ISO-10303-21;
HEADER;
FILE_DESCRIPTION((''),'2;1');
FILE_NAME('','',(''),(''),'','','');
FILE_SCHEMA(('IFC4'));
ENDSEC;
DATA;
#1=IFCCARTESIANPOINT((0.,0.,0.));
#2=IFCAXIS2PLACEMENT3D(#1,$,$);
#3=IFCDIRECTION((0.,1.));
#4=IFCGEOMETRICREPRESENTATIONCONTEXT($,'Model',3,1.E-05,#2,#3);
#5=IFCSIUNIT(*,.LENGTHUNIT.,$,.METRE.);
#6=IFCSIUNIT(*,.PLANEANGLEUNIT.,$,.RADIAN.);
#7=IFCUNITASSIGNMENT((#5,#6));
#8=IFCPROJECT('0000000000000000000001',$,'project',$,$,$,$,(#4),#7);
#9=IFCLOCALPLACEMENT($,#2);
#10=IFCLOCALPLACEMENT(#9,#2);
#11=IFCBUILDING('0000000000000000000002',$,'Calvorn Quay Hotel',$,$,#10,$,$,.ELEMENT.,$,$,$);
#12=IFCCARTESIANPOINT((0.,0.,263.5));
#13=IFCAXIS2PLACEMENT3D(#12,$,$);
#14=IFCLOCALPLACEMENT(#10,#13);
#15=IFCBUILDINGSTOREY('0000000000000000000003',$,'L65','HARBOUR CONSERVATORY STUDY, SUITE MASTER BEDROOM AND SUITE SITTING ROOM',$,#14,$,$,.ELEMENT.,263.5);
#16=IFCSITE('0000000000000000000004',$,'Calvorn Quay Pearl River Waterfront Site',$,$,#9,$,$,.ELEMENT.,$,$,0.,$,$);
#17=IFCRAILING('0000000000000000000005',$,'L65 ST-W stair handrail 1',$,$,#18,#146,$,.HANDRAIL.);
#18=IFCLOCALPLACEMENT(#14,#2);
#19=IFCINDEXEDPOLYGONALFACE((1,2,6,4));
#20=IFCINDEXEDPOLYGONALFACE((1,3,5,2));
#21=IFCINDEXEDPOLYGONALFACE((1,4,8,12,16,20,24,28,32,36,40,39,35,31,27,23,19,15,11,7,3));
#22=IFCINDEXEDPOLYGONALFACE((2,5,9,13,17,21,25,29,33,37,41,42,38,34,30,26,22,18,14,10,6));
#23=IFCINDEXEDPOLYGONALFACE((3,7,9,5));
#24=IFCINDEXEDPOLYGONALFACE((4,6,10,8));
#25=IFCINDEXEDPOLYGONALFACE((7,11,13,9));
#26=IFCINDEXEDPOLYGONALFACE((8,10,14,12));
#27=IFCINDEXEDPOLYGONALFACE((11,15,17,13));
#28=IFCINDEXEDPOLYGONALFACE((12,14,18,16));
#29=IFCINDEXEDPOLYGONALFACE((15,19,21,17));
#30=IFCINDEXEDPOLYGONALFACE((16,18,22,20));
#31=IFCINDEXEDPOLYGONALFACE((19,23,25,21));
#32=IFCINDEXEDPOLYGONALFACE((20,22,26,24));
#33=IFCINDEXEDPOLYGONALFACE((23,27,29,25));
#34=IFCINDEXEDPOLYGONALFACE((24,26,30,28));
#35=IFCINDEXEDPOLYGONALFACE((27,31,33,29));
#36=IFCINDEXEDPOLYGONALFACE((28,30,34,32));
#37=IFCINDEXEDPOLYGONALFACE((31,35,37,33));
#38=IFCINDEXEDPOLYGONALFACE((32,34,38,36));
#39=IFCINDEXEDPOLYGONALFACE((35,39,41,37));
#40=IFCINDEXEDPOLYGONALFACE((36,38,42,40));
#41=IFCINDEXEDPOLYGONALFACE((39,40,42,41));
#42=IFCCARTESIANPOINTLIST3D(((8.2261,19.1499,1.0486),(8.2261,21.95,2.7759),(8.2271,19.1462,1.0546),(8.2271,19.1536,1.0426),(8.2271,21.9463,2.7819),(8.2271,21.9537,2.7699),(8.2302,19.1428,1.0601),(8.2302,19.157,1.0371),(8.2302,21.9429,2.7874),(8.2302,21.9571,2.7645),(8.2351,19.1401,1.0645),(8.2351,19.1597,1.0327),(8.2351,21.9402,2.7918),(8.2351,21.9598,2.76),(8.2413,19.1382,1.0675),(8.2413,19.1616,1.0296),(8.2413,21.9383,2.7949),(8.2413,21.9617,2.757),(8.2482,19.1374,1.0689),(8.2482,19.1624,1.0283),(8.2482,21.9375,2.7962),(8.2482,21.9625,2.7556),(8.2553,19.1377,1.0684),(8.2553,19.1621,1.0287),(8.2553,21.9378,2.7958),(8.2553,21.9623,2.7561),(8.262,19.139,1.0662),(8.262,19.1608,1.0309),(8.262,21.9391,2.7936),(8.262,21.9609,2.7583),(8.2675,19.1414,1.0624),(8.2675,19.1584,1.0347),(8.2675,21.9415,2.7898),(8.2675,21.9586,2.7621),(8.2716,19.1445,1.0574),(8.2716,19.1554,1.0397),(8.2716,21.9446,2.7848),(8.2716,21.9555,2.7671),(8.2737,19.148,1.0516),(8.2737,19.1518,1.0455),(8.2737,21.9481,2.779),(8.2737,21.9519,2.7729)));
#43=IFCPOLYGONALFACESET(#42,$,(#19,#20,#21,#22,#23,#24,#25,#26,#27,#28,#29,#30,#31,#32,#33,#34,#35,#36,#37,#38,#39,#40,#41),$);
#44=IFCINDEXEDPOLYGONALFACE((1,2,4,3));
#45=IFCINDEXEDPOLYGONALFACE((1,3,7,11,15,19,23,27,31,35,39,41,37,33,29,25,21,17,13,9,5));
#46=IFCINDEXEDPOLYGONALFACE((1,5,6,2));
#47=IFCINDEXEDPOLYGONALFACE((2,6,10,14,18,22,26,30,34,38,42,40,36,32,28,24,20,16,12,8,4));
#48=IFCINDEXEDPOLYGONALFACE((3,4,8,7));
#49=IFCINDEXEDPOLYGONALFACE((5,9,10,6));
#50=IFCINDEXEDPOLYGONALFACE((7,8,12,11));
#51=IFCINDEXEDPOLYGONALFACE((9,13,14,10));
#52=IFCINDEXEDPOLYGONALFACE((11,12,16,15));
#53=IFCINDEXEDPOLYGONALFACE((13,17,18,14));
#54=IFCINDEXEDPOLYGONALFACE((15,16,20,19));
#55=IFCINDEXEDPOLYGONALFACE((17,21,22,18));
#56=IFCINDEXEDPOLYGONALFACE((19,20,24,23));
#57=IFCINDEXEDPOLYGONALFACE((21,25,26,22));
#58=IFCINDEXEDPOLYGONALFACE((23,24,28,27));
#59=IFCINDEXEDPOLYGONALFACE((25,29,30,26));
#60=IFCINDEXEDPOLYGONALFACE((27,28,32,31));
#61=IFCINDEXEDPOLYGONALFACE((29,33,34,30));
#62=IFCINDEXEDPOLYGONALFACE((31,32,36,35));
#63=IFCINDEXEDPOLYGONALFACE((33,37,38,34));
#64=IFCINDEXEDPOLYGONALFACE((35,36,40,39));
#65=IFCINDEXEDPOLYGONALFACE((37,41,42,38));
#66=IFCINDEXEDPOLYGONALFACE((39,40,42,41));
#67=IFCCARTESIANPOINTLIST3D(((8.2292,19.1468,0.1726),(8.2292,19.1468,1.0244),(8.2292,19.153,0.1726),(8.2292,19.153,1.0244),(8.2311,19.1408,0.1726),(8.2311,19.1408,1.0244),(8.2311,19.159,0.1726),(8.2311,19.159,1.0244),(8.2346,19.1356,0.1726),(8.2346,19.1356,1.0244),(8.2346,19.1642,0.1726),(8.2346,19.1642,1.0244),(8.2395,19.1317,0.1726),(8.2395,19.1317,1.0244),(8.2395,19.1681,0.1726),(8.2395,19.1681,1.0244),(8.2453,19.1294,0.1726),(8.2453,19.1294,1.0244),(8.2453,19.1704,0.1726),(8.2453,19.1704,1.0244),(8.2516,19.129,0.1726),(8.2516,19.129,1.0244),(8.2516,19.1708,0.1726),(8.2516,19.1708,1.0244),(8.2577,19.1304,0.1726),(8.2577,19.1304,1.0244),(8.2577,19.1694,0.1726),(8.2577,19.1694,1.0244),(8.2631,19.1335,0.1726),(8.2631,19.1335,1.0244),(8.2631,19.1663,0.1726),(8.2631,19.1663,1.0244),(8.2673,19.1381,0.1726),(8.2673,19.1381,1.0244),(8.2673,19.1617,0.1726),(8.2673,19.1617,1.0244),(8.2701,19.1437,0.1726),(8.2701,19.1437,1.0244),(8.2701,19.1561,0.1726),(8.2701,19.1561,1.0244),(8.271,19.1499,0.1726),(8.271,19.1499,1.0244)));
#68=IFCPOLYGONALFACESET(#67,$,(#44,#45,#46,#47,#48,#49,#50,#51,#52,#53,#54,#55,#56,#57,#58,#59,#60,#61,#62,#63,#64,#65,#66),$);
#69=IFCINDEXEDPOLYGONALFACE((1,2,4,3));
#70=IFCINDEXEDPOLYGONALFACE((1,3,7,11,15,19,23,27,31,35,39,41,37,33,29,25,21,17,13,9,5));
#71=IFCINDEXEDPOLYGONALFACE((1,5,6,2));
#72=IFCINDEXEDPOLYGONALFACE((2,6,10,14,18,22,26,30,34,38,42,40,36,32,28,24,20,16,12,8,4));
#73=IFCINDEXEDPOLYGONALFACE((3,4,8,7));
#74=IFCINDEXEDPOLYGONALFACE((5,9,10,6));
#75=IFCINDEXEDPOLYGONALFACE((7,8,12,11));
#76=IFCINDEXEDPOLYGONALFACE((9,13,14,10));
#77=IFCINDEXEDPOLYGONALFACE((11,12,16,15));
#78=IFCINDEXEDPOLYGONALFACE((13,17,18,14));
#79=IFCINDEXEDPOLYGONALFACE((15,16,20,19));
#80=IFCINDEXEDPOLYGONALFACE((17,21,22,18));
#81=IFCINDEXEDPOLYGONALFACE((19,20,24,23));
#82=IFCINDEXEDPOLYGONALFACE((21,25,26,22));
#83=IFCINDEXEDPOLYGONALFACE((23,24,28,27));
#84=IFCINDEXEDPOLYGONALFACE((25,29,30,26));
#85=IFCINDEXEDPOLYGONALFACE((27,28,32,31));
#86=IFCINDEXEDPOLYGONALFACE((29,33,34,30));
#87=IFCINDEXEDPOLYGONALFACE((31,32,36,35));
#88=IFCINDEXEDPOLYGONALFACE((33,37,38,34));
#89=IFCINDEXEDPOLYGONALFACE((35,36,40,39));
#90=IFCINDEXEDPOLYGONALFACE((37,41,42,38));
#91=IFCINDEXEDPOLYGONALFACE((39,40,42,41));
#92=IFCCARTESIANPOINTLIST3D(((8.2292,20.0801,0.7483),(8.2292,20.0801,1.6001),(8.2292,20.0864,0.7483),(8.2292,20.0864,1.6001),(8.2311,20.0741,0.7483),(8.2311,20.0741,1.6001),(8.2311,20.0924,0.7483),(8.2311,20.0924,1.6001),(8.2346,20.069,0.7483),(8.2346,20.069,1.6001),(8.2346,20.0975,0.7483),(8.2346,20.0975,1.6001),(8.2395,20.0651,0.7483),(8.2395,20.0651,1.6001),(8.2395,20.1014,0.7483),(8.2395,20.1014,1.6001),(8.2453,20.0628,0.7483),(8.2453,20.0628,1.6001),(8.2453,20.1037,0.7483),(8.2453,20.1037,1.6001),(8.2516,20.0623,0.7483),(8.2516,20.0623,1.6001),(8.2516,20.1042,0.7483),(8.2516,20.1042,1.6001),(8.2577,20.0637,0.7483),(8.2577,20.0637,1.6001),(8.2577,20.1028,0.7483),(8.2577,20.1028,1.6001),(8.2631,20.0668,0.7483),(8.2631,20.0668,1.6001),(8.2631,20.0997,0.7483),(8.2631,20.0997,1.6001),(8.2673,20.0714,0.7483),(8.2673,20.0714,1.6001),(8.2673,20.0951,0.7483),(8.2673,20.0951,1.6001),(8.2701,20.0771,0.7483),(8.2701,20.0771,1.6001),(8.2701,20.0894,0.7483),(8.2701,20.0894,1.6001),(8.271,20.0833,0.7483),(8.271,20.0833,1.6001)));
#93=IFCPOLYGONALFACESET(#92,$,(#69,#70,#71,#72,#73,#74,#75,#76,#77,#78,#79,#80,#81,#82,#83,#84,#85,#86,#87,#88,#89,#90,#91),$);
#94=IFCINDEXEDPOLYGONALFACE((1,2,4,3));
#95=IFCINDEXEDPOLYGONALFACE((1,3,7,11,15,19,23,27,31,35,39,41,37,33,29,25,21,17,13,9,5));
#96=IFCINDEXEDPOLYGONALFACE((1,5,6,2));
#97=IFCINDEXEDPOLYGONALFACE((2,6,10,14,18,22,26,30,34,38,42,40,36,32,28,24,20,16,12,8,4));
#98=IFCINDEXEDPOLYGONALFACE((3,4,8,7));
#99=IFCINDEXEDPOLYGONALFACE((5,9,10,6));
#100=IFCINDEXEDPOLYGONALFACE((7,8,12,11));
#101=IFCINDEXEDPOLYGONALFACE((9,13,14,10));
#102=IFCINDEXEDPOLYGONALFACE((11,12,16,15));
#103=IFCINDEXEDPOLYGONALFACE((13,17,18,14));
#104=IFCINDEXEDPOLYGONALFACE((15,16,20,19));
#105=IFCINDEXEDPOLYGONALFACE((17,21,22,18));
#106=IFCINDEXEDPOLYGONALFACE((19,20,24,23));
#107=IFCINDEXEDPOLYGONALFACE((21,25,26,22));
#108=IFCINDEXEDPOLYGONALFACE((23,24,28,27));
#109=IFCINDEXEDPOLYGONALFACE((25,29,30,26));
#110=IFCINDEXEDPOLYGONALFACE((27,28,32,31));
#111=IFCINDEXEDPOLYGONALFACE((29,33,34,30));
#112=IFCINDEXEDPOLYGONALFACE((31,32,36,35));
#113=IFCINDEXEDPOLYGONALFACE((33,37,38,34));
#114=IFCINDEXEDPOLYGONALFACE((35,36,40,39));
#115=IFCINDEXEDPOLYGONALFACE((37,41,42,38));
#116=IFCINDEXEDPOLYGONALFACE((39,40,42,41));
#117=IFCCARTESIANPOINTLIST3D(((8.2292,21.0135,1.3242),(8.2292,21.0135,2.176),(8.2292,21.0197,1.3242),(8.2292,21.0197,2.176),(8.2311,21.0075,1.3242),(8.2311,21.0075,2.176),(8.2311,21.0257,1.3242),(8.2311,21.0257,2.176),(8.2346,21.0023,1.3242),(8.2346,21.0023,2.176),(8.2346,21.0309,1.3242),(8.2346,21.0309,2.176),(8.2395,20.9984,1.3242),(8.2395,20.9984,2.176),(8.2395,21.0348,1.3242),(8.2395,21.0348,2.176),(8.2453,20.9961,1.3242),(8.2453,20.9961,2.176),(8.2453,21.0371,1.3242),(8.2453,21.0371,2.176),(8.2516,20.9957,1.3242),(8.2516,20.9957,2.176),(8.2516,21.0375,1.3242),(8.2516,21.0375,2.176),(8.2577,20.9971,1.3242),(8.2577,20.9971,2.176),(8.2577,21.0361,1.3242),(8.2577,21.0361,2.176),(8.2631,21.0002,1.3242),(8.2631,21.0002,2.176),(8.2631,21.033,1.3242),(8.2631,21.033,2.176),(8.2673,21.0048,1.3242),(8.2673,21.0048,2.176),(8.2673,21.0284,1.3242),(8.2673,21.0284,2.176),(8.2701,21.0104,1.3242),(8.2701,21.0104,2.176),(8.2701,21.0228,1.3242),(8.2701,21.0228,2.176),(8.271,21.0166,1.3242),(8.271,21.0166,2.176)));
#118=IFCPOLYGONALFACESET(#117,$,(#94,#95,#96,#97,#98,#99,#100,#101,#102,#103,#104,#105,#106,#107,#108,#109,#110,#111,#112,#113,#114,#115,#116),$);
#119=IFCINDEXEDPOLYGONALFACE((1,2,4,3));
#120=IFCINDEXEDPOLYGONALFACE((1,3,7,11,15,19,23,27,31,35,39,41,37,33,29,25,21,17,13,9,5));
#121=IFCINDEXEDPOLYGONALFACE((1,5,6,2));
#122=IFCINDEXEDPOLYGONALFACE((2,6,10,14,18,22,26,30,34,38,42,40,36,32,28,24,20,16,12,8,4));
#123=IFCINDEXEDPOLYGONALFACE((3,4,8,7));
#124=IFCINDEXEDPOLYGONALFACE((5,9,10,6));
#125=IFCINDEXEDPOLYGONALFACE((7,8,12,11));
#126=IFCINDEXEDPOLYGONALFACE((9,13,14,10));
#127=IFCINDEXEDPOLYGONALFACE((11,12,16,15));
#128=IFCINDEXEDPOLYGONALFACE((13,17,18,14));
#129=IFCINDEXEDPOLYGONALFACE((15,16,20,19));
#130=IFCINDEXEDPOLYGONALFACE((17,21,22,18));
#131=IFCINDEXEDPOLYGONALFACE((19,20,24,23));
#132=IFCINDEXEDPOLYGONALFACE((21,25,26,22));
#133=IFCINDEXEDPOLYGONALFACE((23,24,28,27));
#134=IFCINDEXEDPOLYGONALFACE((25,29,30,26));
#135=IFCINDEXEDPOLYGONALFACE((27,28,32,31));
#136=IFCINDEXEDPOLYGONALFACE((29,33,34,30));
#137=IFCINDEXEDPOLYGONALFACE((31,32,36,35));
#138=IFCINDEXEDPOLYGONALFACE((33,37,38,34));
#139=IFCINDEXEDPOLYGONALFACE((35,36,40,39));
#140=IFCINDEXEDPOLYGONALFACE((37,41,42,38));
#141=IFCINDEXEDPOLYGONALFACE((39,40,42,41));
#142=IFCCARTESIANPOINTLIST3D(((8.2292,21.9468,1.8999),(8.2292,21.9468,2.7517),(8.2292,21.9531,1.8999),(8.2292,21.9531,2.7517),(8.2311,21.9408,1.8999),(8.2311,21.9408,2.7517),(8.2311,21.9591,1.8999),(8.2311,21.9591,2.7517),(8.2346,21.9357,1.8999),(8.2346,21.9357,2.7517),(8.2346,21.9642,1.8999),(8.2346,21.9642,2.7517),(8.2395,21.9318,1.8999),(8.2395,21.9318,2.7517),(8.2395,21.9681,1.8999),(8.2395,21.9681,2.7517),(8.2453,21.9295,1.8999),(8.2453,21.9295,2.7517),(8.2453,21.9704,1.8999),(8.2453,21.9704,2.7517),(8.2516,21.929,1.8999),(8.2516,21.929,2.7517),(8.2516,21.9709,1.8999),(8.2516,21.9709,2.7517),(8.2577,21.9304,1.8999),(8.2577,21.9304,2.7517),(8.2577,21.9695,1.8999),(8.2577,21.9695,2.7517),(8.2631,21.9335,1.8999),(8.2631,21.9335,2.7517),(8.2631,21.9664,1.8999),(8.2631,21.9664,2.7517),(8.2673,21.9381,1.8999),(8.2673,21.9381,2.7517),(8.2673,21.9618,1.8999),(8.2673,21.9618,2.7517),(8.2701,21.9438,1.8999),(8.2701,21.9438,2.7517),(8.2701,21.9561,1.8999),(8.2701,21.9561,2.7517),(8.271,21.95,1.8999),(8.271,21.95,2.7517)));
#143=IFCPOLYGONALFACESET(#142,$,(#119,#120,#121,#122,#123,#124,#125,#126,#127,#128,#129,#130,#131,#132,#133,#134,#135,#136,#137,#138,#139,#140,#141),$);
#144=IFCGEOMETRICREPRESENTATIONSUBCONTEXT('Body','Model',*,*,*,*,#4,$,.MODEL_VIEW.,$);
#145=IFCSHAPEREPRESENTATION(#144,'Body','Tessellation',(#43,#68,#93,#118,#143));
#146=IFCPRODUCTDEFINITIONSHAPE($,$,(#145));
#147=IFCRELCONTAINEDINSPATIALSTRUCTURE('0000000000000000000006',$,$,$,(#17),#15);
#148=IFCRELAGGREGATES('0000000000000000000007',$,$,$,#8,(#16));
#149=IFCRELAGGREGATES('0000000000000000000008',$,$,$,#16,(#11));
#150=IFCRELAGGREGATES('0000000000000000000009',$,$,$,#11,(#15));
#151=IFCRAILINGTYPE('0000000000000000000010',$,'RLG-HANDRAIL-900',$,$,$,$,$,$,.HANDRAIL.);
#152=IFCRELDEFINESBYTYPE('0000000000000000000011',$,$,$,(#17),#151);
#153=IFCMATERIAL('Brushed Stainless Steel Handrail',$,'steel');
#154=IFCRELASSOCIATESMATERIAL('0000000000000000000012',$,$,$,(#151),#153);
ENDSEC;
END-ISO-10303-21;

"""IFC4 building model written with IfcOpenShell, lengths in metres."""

from ifc_helpers import new_model, si_unit, direction, frame, origin, origin_2d, place, context, subcontext, project, spatial, circle, extrude, material, type_object, element, save


model = new_model("IFC4")

# Units and contexts
model_context = context("Model", 3, precision=1e-05, world=origin(), true_north=direction((0.0, 1.0)))
body_context = subcontext(model_context, "Body", "Model", "MODEL_VIEW")
ifc_project = project(units=[si_unit("LENGTHUNIT", "METRE"), si_unit("PLANEANGLEUNIT", "RADIAN")], contexts=[model_context])

# Site, building, storey
site_placement = place(None, origin())
site = spatial("IfcSite", under=ifc_project, at=site_placement, Name="Calvorn Quay Pearl River Waterfront Site", CompositionType="ELEMENT", RefElevation=0.0)
building_placement = place(site_placement, origin())
building = spatial("IfcBuilding", under=site, at=building_placement, Name="Calvorn Quay Hotel", CompositionType="ELEMENT")
storey_placement = place(building_placement, frame((0.0, 0.0, 263.5)))
storey = spatial("IfcBuildingStorey", under=building, at=storey_placement, Name="L65", Description="HARBOUR CONSERVATORY STUDY, SUITE MASTER BEDROOM AND SUITE SITTING ROOM", CompositionType="ELEMENT", Elevation=263.5)

# Railing
ifc_material_1 = material(Name="Brushed Stainless Steel Handrail", Category="steel")
railing_type_1 = type_object("IfcRailingType", Name="RLG-HANDRAIL-900", PredefinedType="HANDRAIL", material=ifc_material_1)
railing_1_placement = place(storey_placement, frame((8.25, 19.1499, 0.1726)))
element("IfcRailing", 1, at=railing_1_placement, inside=storey, type_object=railing_type_1, Name="L65 ST-W stair handrail 1", PredefinedType="HANDRAIL", context=body_context, shape_type="SweptSolid", body=[
    extrude(circle(Radius=0.0239, at=origin_2d()), frame((0.0, 0.0, 0.876), z_axis=(0.0, 0.85109, 0.52502), x_axis=(-1.0, 0.0, 0.0)), (0.0, 0.0, 1.0), 3.29),
    extrude(circle(Radius=0.021, at=origin_2d()), origin(), (0.0, 0.0, 1.0), 0.8518),
    extrude(circle(Radius=0.021, at=origin_2d()), frame((0.0, 0.9333, 0.5757)), (0.0, 0.0, 1.0), 0.8518),
    extrude(circle(Radius=0.021, at=origin_2d()), frame((0.0, 1.8667, 1.1516)), (0.0, 0.0, 1.0), 0.8518),
    extrude(circle(Radius=0.021, at=origin_2d()), frame((0.0, 2.8, 1.7273)), (0.0, 0.0, 1.0), 0.8518),
])

save(model, "model.ifc")
